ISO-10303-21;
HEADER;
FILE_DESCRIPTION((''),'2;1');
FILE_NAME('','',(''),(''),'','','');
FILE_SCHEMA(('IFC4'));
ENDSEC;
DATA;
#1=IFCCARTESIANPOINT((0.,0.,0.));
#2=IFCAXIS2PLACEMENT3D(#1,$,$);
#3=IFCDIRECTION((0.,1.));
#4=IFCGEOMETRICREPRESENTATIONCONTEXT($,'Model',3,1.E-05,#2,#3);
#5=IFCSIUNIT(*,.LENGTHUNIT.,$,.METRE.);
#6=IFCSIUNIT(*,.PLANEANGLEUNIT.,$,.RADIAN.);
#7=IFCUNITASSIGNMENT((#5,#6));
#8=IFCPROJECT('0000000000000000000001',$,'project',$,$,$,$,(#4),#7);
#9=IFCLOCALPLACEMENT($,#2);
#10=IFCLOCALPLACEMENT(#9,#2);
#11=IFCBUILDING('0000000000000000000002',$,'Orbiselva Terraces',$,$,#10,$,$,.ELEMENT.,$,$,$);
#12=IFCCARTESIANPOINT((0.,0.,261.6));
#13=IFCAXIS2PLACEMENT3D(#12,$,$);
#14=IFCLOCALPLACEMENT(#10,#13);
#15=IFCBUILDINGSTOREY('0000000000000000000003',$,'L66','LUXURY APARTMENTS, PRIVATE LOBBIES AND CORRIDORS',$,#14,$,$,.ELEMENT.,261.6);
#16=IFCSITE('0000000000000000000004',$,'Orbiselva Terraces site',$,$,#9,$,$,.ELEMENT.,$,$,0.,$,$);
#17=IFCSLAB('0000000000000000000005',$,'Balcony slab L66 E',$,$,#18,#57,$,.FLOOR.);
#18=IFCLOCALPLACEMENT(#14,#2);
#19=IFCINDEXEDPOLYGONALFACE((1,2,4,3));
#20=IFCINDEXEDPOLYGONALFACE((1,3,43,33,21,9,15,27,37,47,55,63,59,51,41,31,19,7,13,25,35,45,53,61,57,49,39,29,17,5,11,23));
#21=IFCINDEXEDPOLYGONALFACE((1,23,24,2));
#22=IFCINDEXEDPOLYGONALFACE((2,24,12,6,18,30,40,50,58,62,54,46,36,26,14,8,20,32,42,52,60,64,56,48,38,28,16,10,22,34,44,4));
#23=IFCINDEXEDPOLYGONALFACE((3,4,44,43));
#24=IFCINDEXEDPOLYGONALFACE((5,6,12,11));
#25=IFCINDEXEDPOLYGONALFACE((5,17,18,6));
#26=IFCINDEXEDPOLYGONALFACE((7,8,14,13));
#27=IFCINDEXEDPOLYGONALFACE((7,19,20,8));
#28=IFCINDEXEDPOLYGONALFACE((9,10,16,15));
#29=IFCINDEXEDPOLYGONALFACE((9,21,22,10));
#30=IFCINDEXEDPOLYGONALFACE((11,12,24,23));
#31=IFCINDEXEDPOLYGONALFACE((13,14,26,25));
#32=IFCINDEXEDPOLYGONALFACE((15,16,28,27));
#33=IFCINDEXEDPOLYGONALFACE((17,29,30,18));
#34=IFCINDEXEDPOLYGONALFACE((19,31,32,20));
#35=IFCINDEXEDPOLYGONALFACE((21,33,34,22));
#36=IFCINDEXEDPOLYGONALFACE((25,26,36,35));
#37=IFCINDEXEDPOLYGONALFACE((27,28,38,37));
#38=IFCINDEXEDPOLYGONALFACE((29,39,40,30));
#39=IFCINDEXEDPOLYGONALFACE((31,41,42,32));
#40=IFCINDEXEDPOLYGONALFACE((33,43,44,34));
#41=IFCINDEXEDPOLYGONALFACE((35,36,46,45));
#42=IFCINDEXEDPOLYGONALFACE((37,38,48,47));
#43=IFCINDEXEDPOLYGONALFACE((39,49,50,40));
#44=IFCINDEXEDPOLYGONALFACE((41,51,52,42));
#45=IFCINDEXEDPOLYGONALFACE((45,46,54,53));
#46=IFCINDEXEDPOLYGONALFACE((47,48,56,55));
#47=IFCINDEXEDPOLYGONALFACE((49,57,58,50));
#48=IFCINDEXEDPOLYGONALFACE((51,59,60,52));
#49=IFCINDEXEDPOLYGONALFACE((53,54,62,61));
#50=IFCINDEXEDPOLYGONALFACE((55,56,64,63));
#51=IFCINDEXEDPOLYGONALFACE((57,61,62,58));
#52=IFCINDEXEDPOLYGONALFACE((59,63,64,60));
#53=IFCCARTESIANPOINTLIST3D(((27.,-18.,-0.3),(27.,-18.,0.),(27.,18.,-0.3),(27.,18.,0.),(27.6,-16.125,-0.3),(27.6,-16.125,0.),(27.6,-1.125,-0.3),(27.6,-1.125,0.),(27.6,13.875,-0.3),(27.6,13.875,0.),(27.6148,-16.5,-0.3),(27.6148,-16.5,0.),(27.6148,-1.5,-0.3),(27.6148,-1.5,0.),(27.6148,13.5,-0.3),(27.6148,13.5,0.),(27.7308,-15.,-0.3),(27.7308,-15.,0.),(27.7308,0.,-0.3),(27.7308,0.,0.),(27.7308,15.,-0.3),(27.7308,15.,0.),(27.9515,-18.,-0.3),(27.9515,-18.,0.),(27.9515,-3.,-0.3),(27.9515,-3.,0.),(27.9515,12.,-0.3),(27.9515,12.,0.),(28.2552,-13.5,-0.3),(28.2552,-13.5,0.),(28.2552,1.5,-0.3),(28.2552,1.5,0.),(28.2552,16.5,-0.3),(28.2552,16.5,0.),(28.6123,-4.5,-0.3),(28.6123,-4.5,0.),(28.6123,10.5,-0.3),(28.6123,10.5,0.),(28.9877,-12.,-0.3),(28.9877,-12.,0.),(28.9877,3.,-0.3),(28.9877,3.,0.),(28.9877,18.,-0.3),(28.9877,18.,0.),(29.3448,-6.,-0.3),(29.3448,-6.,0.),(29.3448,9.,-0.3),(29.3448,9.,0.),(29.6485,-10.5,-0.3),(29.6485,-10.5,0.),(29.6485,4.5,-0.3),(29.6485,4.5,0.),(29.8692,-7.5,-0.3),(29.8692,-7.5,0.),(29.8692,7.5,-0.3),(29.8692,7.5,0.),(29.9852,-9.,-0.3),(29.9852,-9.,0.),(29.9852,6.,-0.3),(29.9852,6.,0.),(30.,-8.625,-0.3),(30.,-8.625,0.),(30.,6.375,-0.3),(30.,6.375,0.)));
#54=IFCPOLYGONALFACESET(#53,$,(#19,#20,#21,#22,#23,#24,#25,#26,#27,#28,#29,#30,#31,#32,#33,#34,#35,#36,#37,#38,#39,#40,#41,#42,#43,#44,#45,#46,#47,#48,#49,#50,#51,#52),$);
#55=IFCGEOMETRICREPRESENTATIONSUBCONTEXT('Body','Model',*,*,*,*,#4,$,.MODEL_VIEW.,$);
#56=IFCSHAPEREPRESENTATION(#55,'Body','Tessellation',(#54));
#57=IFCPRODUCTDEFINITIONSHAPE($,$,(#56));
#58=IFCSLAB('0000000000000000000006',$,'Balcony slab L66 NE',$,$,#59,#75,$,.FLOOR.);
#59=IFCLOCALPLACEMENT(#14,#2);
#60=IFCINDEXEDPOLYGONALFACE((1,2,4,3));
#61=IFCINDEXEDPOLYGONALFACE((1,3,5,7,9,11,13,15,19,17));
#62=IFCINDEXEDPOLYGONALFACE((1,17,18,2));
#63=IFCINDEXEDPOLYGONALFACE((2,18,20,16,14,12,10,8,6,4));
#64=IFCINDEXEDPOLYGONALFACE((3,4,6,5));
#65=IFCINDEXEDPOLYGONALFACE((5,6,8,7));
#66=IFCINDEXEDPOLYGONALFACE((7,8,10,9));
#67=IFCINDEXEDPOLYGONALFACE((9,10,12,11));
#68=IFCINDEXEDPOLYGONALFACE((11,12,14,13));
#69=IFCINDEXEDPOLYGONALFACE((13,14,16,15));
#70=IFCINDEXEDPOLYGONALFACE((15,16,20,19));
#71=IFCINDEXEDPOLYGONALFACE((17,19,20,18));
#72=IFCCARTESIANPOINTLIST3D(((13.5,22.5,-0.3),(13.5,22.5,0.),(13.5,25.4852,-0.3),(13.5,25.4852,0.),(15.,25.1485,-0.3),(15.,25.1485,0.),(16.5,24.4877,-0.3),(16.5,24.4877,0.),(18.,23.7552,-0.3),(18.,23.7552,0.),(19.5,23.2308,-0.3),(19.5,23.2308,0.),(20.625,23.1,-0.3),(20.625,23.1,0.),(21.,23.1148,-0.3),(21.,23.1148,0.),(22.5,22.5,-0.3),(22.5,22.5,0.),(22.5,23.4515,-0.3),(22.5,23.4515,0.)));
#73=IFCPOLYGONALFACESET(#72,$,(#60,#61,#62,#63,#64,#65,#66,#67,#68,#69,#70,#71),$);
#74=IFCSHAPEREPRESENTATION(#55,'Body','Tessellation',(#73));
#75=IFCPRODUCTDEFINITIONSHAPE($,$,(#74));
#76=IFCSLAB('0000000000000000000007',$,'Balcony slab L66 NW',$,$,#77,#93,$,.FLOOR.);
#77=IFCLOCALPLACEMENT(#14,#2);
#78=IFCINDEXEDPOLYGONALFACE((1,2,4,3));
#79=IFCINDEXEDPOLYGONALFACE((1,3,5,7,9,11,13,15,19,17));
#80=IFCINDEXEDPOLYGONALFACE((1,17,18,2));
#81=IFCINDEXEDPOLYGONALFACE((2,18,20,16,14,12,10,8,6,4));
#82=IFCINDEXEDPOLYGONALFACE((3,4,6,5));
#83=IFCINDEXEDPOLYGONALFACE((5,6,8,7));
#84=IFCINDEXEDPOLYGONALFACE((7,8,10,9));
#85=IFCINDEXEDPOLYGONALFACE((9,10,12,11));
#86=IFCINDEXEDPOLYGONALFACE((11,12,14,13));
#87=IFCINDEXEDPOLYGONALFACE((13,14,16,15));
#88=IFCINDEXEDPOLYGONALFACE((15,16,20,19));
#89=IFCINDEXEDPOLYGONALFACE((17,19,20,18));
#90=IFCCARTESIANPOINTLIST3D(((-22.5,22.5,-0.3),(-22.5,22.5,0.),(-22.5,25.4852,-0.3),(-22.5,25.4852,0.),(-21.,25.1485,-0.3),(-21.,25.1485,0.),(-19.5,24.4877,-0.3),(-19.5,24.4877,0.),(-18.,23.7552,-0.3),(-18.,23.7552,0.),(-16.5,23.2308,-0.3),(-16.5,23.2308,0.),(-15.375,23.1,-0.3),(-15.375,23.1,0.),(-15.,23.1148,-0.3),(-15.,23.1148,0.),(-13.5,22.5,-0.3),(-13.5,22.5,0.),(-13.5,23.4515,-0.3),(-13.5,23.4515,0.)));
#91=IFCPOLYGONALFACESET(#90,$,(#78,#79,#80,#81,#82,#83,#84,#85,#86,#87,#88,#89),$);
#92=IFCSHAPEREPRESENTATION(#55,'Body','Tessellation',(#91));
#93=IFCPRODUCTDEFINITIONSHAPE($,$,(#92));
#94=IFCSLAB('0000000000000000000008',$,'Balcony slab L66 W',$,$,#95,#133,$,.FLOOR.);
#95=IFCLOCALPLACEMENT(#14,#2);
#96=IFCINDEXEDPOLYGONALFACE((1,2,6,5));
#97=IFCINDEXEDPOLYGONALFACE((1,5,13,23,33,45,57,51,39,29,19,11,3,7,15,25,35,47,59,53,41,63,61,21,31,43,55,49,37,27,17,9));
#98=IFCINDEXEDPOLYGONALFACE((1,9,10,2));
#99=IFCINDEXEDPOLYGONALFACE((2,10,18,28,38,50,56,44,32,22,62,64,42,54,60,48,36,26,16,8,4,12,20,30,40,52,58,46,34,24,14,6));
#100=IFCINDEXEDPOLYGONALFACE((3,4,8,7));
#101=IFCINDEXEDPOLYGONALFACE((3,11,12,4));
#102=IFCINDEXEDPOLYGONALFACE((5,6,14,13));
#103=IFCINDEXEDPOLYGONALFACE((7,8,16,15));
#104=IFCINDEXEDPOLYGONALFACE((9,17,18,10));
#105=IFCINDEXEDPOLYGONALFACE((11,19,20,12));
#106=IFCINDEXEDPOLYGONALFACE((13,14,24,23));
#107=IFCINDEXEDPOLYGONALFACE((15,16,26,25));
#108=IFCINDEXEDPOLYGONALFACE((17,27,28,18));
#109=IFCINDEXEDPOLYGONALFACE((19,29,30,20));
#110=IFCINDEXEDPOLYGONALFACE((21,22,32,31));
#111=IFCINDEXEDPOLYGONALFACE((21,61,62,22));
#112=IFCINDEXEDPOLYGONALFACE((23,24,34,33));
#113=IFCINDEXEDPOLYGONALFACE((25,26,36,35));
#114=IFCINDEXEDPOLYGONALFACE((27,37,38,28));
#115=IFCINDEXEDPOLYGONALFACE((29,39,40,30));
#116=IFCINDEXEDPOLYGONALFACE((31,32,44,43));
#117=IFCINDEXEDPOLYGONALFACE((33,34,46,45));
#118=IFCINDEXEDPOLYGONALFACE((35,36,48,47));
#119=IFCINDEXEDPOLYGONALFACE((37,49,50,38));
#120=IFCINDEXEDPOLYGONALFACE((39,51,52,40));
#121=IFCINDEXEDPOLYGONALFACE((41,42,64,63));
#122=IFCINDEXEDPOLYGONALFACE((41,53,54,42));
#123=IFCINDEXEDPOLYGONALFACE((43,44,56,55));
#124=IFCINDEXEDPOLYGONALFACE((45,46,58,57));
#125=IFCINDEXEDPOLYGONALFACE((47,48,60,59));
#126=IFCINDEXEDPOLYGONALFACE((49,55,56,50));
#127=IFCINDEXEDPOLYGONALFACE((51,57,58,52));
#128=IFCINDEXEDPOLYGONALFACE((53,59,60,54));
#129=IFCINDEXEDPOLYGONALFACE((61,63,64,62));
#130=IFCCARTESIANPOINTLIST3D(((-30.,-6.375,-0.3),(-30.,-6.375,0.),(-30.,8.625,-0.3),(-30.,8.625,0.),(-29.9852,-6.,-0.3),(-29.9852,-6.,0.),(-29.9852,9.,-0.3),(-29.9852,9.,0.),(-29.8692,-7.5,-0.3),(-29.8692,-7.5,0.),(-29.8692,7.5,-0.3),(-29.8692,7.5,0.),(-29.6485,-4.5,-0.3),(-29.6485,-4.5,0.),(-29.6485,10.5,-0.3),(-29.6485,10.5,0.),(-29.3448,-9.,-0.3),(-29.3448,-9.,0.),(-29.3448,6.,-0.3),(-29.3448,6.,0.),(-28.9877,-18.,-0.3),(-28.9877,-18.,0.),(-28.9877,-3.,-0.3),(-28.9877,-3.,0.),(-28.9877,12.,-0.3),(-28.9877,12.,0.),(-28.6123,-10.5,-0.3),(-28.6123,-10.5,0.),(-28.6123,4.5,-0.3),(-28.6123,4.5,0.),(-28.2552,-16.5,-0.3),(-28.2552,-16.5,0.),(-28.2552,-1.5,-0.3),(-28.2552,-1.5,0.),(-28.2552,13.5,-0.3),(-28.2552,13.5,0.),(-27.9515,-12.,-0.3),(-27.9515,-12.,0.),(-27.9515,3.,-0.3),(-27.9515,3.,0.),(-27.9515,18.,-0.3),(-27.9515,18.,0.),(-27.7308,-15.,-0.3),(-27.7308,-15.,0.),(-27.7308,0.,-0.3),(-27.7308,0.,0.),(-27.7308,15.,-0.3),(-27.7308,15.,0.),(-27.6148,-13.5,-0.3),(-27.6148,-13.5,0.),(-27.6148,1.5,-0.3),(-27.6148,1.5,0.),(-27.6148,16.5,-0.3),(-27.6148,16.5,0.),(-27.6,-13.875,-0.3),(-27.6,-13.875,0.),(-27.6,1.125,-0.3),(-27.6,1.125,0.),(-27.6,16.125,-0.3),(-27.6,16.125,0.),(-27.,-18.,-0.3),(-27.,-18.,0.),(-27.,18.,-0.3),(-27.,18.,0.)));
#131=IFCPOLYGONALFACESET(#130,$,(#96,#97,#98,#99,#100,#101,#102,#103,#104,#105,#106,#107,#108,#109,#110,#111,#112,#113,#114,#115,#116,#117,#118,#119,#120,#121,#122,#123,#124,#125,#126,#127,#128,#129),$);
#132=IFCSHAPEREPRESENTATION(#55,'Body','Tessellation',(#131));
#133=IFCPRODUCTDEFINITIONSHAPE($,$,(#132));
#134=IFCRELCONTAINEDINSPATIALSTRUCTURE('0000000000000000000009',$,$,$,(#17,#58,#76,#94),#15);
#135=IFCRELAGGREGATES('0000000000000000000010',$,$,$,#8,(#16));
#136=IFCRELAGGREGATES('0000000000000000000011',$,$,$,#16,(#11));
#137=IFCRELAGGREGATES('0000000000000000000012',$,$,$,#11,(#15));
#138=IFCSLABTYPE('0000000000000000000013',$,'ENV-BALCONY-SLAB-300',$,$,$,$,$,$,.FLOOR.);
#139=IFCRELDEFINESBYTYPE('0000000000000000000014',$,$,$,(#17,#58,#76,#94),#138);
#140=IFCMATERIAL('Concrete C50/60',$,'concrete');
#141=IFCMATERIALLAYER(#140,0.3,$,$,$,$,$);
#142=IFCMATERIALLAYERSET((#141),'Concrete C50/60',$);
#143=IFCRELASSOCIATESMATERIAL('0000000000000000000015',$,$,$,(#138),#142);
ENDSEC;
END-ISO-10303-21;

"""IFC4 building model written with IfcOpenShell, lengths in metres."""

from ifc_helpers import new_model, si_unit, direction, frame, origin, place, context, subcontext, project, spatial, polyline, outline, extrude, material, layer, layer_set, type_object, element, save


model = new_model("IFC4")

# Units and contexts
model_context = context("Model", 3, precision=1e-05, world=origin(), true_north=direction((0.0, 1.0)))
body_context = subcontext(model_context, "Body", "Model", "MODEL_VIEW")
ifc_project = project(units=[si_unit("LENGTHUNIT", "METRE"), si_unit("PLANEANGLEUNIT", "RADIAN")], contexts=[model_context])

# Site, building, storey
site_placement = place(None, origin())
site = spatial("IfcSite", under=ifc_project, at=site_placement, Name="Orbiselva Terraces site", CompositionType="ELEMENT", RefElevation=0.0)
building_placement = place(site_placement, origin())
building = spatial("IfcBuilding", under=site, at=building_placement, Name="Orbiselva Terraces", CompositionType="ELEMENT")
storey_placement = place(building_placement, frame((0.0, 0.0, 261.6)))
storey = spatial("IfcBuildingStorey", under=building, at=storey_placement, Name="L66", Description="LUXURY APARTMENTS, PRIVATE LOBBIES AND CORRIDORS", CompositionType="ELEMENT", Elevation=261.6)

# Shared definitions
ifc_material_1 = material(Name="Concrete C50/60", Category="concrete")

# Slabs
ifc_layer_1 = layer(ifc_material_1, 0.3)
ifc_layer_set_1 = layer_set([ifc_layer_1], Name="Concrete C50/60")
slab_type_1 = type_object("IfcSlabType", Name="ENV-BALCONY-SLAB-300", PredefinedType="FLOOR", material=ifc_layer_set_1)
slab_1_placement = place(storey_placement, frame((0.0, 0.0, -0.3)))
element("IfcSlab", 1, at=slab_1_placement, inside=storey, type_object=slab_type_1, Name="Balcony slab L66 E", PredefinedType="FLOOR", context=body_context, shape_type="SweptSolid", body=[
    extrude(outline(polyline([(27.9515, -18.0), (27.6148, -16.5), (27.6, -16.125), (27.7308, -15.0), (28.2552, -13.5), (28.9877, -12.0), (29.6485, -10.5), (29.9852, -9.0), (30.0, -8.625), (29.8692, -7.5), (29.3448, -6.0), (28.6123, -4.5), (27.9515, -3.0), (27.6148, -1.5), (27.6, -1.125), (27.7308, 0.0), (28.2552, 1.5), (28.9877, 3.0), (29.6485, 4.5), (29.9852, 6.0), (30.0, 6.375), (29.8692, 7.5), (29.3448, 9.0), (28.6123, 10.5), (27.9515, 12.0), (27.6148, 13.5), (27.6, 13.875), (27.7308, 15.0), (28.2552, 16.5), (28.9877, 18.0), (27.0, 18.0), (27.0, -18.0), (27.9515, -18.0)])), origin(), (0.0, 0.0, 1.0), 0.3),
])
slab_2_placement = place(storey_placement, frame((0.0, 0.0, -0.3)))
element("IfcSlab", 2, at=slab_2_placement, inside=storey, type_object=slab_type_1, Name="Balcony slab L66 NE", PredefinedType="FLOOR", context=body_context, shape_type="SweptSolid", body=[
    extrude(outline(polyline([(22.5, 23.4515), (21.0, 23.1148), (20.625, 23.1), (19.5, 23.2308), (18.0, 23.7552), (16.5, 24.4877), (15.0, 25.1485), (13.5, 25.4852), (13.5, 22.5), (22.5, 22.5), (22.5, 23.4515)])), origin(), (0.0, 0.0, 1.0), 0.3),
])
slab_3_placement = place(storey_placement, frame((0.0, 0.0, -0.3)))
element("IfcSlab", 3, at=slab_3_placement, inside=storey, type_object=slab_type_1, Name="Balcony slab L66 NW", PredefinedType="FLOOR", context=body_context, shape_type="SweptSolid", body=[
    extrude(outline(polyline([(-13.5, 23.4515), (-15.0, 23.1148), (-15.375, 23.1), (-16.5, 23.2308), (-18.0, 23.7552), (-19.5, 24.4877), (-21.0, 25.1485), (-22.5, 25.4852), (-22.5, 22.5), (-13.5, 22.5), (-13.5, 23.4515)])), origin(), (0.0, 0.0, 1.0), 0.3),
])
slab_4_placement = place(storey_placement, frame((0.0, 0.0, -0.3)))
element("IfcSlab", 4, at=slab_4_placement, inside=storey, type_object=slab_type_1, Name="Balcony slab L66 W", PredefinedType="FLOOR", context=body_context, shape_type="SweptSolid", body=[
    extrude(outline(polyline([(-27.9515, 18.0), (-27.6148, 16.5), (-27.6, 16.125), (-27.7308, 15.0), (-28.2552, 13.5), (-28.9877, 12.0), (-29.6485, 10.5), (-29.9852, 9.0), (-30.0, 8.625), (-29.8692, 7.5), (-29.3448, 6.0), (-28.6123, 4.5), (-27.9515, 3.0), (-27.6148, 1.5), (-27.6, 1.125), (-27.7308, 0.0), (-28.2552, -1.5), (-28.9877, -3.0), (-29.6485, -4.5), (-29.9852, -6.0), (-30.0, -6.375), (-29.8692, -7.5), (-29.3448, -9.0), (-28.6123, -10.5), (-27.9515, -12.0), (-27.6148, -13.5), (-27.6, -13.875), (-27.7308, -15.0), (-28.2552, -16.5), (-28.9877, -18.0), (-27.0, -18.0), (-27.0, 18.0), (-27.9515, 18.0)])), origin(), (0.0, 0.0, 1.0), 0.3),
])

save(model, "model.ifc")
